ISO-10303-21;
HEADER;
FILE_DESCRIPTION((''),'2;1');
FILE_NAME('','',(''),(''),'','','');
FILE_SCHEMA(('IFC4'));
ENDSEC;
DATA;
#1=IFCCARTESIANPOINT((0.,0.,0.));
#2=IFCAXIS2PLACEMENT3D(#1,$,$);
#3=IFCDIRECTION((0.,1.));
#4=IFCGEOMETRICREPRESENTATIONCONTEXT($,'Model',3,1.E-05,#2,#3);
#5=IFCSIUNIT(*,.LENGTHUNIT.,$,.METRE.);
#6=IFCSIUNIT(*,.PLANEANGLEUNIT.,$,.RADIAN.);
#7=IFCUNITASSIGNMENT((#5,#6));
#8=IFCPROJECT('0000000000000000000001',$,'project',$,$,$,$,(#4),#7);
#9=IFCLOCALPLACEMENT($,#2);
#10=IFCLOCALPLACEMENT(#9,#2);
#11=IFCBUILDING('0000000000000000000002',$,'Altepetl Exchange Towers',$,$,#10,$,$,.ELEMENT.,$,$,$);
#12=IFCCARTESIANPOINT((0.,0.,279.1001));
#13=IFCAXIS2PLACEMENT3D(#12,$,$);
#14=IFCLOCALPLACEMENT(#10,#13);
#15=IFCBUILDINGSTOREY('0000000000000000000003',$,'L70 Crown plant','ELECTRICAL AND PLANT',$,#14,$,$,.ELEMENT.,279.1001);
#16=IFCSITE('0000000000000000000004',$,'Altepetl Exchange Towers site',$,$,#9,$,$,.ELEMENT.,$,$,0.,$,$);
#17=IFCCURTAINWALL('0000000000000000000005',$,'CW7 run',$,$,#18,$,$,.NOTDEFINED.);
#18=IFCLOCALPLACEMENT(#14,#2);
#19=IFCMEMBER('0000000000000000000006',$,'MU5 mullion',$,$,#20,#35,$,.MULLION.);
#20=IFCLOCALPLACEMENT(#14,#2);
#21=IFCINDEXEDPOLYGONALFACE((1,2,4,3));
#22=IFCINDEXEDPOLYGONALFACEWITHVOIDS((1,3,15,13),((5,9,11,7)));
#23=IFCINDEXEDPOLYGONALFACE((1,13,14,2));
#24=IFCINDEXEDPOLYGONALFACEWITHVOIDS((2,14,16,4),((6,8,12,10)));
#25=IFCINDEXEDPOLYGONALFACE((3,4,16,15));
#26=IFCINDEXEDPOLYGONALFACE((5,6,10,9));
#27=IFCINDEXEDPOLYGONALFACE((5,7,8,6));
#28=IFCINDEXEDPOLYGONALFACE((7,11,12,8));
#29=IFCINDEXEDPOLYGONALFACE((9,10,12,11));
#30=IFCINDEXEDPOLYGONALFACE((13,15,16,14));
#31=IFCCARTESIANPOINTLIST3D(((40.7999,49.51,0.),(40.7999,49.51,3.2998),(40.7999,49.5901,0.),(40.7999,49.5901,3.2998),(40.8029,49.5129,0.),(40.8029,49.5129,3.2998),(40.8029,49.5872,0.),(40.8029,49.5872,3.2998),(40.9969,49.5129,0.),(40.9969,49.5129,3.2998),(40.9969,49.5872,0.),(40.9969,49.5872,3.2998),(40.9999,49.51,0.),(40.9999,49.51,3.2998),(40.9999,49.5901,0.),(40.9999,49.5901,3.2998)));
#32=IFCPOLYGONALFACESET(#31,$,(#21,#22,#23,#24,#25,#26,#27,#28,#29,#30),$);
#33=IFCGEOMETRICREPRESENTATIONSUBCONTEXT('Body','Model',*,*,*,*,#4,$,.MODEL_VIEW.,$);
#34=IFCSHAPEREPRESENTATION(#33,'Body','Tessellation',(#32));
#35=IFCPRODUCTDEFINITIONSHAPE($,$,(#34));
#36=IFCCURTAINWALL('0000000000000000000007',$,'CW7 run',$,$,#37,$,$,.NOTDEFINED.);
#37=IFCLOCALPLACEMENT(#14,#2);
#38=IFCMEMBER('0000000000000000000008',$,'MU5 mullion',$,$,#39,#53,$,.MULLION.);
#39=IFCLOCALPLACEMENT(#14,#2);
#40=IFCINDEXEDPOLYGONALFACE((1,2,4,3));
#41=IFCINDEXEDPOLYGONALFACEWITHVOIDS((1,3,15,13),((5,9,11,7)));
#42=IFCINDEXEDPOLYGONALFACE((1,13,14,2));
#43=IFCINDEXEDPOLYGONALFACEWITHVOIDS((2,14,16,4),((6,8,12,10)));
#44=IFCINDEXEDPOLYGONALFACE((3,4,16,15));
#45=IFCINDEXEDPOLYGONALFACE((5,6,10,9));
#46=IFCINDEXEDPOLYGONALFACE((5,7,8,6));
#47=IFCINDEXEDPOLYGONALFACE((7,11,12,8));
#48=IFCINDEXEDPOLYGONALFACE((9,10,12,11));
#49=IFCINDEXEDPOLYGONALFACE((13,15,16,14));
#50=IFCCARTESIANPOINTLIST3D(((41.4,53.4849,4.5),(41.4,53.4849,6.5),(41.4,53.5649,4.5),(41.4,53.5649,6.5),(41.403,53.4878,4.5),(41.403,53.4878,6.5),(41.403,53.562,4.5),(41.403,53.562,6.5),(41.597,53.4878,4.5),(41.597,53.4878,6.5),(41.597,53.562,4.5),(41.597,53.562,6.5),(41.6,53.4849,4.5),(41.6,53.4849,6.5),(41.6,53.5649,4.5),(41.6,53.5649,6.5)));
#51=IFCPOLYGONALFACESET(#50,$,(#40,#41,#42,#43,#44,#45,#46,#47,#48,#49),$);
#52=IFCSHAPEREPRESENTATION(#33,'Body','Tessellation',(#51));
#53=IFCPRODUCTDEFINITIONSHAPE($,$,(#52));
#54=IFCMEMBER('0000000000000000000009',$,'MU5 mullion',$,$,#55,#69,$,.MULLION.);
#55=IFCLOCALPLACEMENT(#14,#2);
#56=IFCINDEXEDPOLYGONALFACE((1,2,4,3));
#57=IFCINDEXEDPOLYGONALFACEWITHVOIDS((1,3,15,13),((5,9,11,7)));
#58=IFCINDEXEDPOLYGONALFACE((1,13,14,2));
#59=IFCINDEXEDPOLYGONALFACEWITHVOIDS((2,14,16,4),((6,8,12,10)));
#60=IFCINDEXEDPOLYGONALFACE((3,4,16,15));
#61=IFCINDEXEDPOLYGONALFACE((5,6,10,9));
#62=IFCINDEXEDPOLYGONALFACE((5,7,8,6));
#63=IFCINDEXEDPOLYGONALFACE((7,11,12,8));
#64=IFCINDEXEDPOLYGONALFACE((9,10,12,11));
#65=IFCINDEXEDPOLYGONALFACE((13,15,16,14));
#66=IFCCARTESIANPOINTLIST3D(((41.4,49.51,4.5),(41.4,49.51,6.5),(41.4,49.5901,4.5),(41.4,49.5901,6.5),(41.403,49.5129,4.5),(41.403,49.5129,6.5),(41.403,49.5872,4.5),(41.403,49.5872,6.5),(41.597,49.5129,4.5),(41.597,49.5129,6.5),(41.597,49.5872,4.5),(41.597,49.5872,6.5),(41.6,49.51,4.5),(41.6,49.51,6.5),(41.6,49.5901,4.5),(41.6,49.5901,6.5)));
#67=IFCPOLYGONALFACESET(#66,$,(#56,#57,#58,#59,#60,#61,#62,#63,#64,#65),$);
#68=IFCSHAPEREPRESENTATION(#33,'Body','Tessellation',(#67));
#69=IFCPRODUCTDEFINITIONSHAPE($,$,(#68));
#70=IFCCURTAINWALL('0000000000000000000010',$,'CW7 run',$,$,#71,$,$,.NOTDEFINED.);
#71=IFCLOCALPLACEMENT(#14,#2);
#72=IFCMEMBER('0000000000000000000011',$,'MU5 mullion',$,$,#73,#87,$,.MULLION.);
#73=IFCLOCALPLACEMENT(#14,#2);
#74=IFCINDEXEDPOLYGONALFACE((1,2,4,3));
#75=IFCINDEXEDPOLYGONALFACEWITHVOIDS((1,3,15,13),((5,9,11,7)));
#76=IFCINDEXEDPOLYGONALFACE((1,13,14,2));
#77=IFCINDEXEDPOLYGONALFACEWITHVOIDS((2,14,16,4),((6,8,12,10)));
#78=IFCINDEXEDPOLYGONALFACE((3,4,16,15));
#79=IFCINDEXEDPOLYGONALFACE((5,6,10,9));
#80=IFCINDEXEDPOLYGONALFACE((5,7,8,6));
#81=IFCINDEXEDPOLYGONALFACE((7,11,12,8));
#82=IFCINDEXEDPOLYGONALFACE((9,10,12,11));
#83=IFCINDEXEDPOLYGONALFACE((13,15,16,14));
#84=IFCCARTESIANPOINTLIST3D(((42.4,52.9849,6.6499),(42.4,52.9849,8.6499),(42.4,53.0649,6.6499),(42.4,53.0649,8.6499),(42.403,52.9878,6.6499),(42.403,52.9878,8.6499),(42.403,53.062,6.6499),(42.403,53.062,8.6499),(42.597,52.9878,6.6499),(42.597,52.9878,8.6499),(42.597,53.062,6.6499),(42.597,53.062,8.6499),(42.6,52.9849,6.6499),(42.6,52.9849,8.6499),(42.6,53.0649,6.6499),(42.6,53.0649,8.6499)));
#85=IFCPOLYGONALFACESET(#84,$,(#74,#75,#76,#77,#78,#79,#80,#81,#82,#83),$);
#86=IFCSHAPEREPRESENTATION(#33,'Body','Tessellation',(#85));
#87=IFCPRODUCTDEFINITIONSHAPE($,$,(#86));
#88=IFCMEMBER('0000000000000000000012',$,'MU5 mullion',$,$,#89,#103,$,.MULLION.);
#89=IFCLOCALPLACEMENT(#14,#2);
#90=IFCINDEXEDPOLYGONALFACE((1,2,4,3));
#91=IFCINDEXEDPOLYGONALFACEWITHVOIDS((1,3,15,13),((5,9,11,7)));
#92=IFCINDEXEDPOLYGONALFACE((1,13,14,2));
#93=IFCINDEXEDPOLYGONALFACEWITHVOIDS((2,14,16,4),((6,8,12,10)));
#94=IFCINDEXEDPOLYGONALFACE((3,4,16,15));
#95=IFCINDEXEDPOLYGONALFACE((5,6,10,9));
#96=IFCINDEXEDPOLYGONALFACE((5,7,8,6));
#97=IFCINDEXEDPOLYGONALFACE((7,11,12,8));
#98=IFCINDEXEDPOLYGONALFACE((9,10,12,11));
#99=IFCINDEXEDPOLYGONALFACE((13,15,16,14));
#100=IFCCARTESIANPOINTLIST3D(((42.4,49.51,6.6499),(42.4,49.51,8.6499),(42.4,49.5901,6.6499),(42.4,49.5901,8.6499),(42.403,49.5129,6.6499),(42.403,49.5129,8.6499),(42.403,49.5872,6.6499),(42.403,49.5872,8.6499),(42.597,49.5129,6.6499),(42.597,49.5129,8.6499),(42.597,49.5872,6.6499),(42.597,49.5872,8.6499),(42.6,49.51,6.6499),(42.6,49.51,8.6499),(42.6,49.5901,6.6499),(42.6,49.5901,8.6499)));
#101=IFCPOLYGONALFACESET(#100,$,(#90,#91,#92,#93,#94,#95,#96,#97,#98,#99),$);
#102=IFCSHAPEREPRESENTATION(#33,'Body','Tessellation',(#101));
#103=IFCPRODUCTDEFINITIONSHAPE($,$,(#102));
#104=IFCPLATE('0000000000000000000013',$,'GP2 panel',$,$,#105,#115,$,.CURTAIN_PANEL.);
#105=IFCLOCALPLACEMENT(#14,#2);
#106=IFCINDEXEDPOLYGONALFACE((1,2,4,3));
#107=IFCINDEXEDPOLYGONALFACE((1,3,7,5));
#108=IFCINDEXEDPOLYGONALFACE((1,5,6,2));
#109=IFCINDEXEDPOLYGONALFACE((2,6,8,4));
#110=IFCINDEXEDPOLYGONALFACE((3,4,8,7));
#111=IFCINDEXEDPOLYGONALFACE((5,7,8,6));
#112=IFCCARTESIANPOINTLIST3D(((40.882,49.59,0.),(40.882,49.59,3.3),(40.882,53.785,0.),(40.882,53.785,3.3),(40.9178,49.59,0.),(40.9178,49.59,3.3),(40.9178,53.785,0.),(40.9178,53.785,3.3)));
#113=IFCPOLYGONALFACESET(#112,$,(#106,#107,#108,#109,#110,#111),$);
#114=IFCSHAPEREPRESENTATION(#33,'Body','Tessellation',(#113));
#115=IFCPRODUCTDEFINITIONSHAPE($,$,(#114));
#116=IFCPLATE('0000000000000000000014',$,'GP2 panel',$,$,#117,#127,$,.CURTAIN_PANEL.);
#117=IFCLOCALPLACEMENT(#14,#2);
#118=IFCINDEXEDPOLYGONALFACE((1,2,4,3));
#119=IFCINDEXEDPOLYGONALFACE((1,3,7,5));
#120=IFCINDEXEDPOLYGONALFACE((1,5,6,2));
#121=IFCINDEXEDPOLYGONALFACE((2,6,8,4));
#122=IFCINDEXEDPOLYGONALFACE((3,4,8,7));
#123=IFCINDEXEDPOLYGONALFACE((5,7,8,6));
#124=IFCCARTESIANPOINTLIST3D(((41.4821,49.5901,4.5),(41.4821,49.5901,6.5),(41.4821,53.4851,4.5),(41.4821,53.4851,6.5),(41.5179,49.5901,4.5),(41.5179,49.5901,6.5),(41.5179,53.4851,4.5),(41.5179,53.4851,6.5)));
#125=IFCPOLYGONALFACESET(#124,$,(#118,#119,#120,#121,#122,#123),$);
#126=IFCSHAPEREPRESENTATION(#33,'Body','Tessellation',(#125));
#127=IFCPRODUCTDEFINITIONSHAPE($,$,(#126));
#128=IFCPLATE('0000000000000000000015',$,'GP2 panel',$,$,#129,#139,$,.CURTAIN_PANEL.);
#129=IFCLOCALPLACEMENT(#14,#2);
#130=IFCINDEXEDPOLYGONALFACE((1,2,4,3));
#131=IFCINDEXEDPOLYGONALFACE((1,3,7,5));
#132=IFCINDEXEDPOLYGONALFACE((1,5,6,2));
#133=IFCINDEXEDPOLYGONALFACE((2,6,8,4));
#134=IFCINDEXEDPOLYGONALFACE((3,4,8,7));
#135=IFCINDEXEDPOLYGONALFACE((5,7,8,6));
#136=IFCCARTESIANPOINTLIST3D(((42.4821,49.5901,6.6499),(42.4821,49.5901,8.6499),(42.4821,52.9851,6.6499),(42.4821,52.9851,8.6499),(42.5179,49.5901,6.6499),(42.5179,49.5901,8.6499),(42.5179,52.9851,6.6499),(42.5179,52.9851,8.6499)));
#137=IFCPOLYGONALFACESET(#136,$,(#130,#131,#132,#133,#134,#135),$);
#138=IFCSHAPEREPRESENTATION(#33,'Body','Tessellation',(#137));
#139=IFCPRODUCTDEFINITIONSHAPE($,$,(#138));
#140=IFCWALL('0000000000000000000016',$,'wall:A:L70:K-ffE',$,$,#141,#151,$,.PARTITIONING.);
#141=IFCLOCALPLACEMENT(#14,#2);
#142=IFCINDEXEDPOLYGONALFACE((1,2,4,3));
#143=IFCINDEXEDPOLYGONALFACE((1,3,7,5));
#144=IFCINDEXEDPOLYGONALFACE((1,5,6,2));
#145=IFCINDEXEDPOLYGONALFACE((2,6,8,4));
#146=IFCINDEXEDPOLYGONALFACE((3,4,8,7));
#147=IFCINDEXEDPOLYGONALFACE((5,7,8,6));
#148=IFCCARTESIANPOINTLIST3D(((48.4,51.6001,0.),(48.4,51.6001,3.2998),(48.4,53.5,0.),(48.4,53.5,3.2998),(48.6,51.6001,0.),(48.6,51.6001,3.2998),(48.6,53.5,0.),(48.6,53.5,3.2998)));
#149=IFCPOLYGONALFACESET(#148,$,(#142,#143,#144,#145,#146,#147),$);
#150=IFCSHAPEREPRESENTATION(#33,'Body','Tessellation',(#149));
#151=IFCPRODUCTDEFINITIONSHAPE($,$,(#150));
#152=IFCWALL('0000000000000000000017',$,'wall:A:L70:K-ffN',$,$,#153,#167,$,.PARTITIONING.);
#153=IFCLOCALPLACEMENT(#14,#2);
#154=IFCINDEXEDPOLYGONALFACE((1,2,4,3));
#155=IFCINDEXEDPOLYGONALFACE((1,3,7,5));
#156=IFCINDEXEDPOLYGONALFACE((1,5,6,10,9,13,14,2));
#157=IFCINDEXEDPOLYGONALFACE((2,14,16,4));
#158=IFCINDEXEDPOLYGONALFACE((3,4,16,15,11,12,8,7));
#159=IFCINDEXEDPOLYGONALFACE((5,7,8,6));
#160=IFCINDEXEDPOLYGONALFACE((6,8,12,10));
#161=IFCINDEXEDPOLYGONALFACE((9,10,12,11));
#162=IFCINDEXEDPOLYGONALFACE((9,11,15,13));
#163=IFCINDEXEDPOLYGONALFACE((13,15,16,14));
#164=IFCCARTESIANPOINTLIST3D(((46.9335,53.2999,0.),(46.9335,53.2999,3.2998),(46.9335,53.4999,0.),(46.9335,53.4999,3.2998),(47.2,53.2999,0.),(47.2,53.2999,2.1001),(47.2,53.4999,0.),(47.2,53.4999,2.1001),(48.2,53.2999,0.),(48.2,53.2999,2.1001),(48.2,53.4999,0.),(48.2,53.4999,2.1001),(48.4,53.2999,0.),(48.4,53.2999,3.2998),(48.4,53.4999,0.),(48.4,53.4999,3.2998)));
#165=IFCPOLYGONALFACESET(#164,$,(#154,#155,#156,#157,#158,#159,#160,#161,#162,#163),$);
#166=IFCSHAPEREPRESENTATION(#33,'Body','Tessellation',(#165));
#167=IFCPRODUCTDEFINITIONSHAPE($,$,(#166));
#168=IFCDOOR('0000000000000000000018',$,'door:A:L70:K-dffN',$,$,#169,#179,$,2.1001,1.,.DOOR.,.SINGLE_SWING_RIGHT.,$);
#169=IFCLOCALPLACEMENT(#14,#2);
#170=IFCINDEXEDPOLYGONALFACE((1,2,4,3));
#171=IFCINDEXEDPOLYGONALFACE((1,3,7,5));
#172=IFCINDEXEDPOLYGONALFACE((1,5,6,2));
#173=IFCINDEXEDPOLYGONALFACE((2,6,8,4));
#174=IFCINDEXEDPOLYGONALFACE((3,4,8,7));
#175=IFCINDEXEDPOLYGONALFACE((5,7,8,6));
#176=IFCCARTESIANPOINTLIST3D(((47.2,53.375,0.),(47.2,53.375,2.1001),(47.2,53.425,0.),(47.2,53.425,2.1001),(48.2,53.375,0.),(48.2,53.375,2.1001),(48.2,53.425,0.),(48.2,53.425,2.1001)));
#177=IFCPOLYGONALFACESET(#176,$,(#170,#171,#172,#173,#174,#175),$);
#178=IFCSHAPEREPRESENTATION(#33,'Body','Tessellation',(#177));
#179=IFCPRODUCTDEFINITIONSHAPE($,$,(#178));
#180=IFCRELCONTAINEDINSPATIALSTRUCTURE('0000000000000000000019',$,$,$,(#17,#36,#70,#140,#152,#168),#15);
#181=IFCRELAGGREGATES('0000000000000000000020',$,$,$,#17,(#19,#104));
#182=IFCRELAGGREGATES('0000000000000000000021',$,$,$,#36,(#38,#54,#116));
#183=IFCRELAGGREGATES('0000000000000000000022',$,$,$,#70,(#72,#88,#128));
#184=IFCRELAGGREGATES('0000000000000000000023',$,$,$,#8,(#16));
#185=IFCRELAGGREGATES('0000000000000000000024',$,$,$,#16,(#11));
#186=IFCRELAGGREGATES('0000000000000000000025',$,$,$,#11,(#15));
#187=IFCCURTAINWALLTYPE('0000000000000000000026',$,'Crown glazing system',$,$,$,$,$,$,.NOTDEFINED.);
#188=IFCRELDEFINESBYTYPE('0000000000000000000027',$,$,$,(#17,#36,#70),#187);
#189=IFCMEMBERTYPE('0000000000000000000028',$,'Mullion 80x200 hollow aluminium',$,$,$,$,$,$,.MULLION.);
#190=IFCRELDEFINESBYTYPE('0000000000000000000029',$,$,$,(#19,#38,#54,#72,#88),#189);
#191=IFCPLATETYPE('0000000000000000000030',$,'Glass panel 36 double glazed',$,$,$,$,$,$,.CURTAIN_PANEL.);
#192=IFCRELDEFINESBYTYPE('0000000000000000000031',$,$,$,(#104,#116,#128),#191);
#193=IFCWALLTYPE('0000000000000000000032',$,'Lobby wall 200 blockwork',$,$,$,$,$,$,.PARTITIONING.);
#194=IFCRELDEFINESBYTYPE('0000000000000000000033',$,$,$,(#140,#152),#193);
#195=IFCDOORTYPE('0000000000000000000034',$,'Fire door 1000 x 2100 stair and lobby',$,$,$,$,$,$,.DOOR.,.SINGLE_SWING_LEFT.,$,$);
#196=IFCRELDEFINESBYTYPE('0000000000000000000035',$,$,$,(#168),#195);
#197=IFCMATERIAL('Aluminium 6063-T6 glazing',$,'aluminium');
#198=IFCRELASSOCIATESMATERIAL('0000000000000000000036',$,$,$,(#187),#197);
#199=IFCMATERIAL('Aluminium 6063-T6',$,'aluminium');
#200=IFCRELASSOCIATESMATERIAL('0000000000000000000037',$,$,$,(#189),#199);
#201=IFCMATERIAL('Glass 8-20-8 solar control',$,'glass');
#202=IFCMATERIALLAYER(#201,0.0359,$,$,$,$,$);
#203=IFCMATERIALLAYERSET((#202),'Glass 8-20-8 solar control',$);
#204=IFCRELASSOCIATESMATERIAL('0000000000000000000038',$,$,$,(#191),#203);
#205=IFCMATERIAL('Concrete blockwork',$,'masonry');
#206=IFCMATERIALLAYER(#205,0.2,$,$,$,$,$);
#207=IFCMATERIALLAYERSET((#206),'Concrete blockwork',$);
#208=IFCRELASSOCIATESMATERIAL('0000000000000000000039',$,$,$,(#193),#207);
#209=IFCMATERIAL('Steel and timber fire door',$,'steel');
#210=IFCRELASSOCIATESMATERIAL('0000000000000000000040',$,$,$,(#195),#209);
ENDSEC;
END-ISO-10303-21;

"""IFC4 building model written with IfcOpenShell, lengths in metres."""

from ifc_helpers import new_model, si_unit, direction, frame, frame_2d, origin, origin_2d, place, context, subcontext, project, spatial, rectangle, hollow_rectangle, extrude, material, layer, layer_set, material_profile, profile_set, type_object, element, fill, aggregate, save


model = new_model("IFC4")

# Units and contexts
model_context = context("Model", 3, precision=1e-05, world=origin(), true_north=direction((0.0, 1.0)))
body_context = subcontext(model_context, "Body", "Model", "MODEL_VIEW")
ifc_project = project(units=[si_unit("LENGTHUNIT", "METRE"), si_unit("PLANEANGLEUNIT", "RADIAN")], contexts=[model_context])

# Site, building, storey
site_placement = place(None, origin())
site = spatial("IfcSite", under=ifc_project, at=site_placement, Name="Altepetl Exchange Towers site", CompositionType="ELEMENT", RefElevation=0.0)
building_placement = place(site_placement, origin())
building = spatial("IfcBuilding", under=site, at=building_placement, Name="Altepetl Exchange Towers", CompositionType="ELEMENT")
storey_placement = place(building_placement, frame((0.0, 0.0, 279.1001)))
storey = spatial("IfcBuildingStorey", under=building, at=storey_placement, Name="L70 Crown plant", Description="ELECTRICAL AND PLANT", CompositionType="ELEMENT", Elevation=279.1001)

# Curtain walls, members
ifc_material_1 = material(Name="Aluminium 6063-T6 glazing", Category="aluminium")
curtain_wall_type = type_object("IfcCurtainWallType", Name="Crown glazing system", PredefinedType="NOTDEFINED", material=ifc_material_1)
curtain_wall_1_placement = place(storey_placement, origin())
curtain_wall_1 = element("IfcCurtainWall", 1, at=curtain_wall_1_placement, inside=storey, type_object=curtain_wall_type, Name="CW7 run", PredefinedType="NOTDEFINED")
ifc_material_2 = material(Name="Aluminium 6063-T6", Category="aluminium")
ifc_material_profile_1 = material_profile(ifc_material_2, hollow_rectangle(XDim=0.0801, YDim=0.2, WallThickness=0.0029, at=origin_2d()), Name="Mullion 80x200 hollow aluminium")
ifc_profile_set_1 = profile_set([ifc_material_profile_1], Name="Aluminium 6063-T6")
member_type = type_object("IfcMemberType", Name="Mullion 80x200 hollow aluminium", PredefinedType="MULLION", material=ifc_profile_set_1)
member_1_placement = place(storey_placement, frame((40.8999, 49.55, 0.0), z_axis=(0.0, 0.0, 1.0), x_axis=(0.0, -1.0, 0.0)))
member_1 = element("IfcMember", 2, at=member_1_placement, type_object=member_type, Name="MU5 mullion", PredefinedType="MULLION", context=body_context, shape_type="SweptSolid", body=[
    extrude(hollow_rectangle(XDim=0.0801, YDim=0.2, WallThickness=0.0029, at=origin_2d()), origin(), (0.0, 0.0, 1.0), 3.2998),
])
curtain_wall_2_placement = place(storey_placement, origin())
curtain_wall_2 = element("IfcCurtainWall", 3, at=curtain_wall_2_placement, inside=storey, type_object=curtain_wall_type, Name="CW7 run", PredefinedType="NOTDEFINED")
member_2_placement = place(storey_placement, frame((41.5, 53.5249, 4.5), z_axis=(0.0, 0.0, 1.0), x_axis=(0.0, -1.0, 0.0)))
member_2 = element("IfcMember", 4, at=member_2_placement, type_object=member_type, Name="MU5 mullion", PredefinedType="MULLION", context=body_context, shape_type="SweptSolid", body=[
    extrude(hollow_rectangle(XDim=0.0801, YDim=0.2, WallThickness=0.0029, at=origin_2d()), origin(), (0.0, 0.0, 1.0), 2.0),
])
member_3_placement = place(storey_placement, frame((41.5, 49.55, 4.5), z_axis=(0.0, 0.0, 1.0), x_axis=(0.0, -1.0, 0.0)))
member_3 = element("IfcMember", 5, at=member_3_placement, type_object=member_type, Name="MU5 mullion", PredefinedType="MULLION", context=body_context, shape_type="SweptSolid", body=[
    extrude(hollow_rectangle(XDim=0.0801, YDim=0.2, WallThickness=0.0029, at=origin_2d()), origin(), (0.0, 0.0, 1.0), 2.0),
])
curtain_wall_3_placement = place(storey_placement, origin())
curtain_wall_3 = element("IfcCurtainWall", 6, at=curtain_wall_3_placement, inside=storey, type_object=curtain_wall_type, Name="CW7 run", PredefinedType="NOTDEFINED")
member_4_placement = place(storey_placement, frame((42.5, 53.0249, 6.6499), z_axis=(0.0, 0.0, 1.0), x_axis=(0.0, -1.0, 0.0)))
member_4 = element("IfcMember", 7, at=member_4_placement, type_object=member_type, Name="MU5 mullion", PredefinedType="MULLION", context=body_context, shape_type="SweptSolid", body=[
    extrude(hollow_rectangle(XDim=0.0801, YDim=0.2, WallThickness=0.0029, at=origin_2d()), origin(), (0.0, 0.0, 1.0), 2.0),
])
member_5_placement = place(storey_placement, frame((42.5, 49.55, 6.6499), z_axis=(0.0, 0.0, 1.0), x_axis=(0.0, -1.0, 0.0)))
member_5 = element("IfcMember", 8, at=member_5_placement, type_object=member_type, Name="MU5 mullion", PredefinedType="MULLION", context=body_context, shape_type="SweptSolid", body=[
    extrude(hollow_rectangle(XDim=0.0801, YDim=0.2, WallThickness=0.0029, at=origin_2d()), origin(), (0.0, 0.0, 1.0), 2.0),
])

# Plates
ifc_material_3 = material(Name="Glass 8-20-8 solar control", Category="glass")
ifc_layer_1 = layer(ifc_material_3, 0.0359)
ifc_layer_set_1 = layer_set([ifc_layer_1], Name="Glass 8-20-8 solar control")
plate_type = type_object("IfcPlateType", Name="Glass panel 36 double glazed", PredefinedType="CURTAIN_PANEL", material=ifc_layer_set_1)
plate_1_placement = place(storey_placement, frame((40.8999, 51.6875, 0.0), z_axis=(0.0, 0.0, 1.0), x_axis=(0.0, -1.0, 0.0)))
plate_1 = element("IfcPlate", 9, at=plate_1_placement, type_object=plate_type, Name="GP2 panel", PredefinedType="CURTAIN_PANEL", context=body_context, shape_type="SweptSolid", body=[
    extrude(rectangle(XDim=4.1951, YDim=0.0359, at=origin_2d()), origin(), (0.0, 0.0, 1.0), 3.3),
])
aggregate(curtain_wall_1, [member_1, plate_1])
plate_2_placement = place(storey_placement, frame((41.5, 51.5376, 4.5), z_axis=(0.0, 0.0, 1.0), x_axis=(0.0, -1.0, 0.0)))
plate_2 = element("IfcPlate", 10, at=plate_2_placement, type_object=plate_type, Name="GP2 panel", PredefinedType="CURTAIN_PANEL", context=body_context, shape_type="SweptSolid", body=[
    extrude(rectangle(XDim=3.895, YDim=0.0359, at=origin_2d()), origin(), (0.0, 0.0, 1.0), 2.0),
])
aggregate(curtain_wall_2, [member_2, member_3, plate_2])
plate_3_placement = place(storey_placement, frame((42.5, 51.2876, 6.6499), z_axis=(0.0, 0.0, 1.0), x_axis=(0.0, -1.0, 0.0)))
plate_3 = element("IfcPlate", 11, at=plate_3_placement, type_object=plate_type, Name="GP2 panel", PredefinedType="CURTAIN_PANEL", context=body_context, shape_type="SweptSolid", body=[
    extrude(rectangle(XDim=3.395, YDim=0.0359, at=origin_2d()), origin(), (0.0, 0.0, 1.0), 2.0),
])
aggregate(curtain_wall_3, [member_4, member_5, plate_3])

# Wall
ifc_material_4 = material(Name="Concrete blockwork", Category="masonry")
ifc_layer_2 = layer(ifc_material_4, 0.2)
ifc_layer_set_2 = layer_set([ifc_layer_2], Name="Concrete blockwork")
wall_type_1 = type_object("IfcWallType", Name="Lobby wall 200 blockwork", PredefinedType="PARTITIONING", material=ifc_layer_set_2)
wall_1_placement = place(storey_placement, frame((48.5, 51.6001, 0.0), z_axis=(0.0, 0.0, 1.0), x_axis=(0.0, 1.0, 0.0)))
element("IfcWall", 12, at=wall_1_placement, inside=storey, type_object=wall_type_1, Name="wall:A:L70:K-ffE", PredefinedType="PARTITIONING", context=body_context, shape_type="SweptSolid", body=[
    extrude(rectangle(XDim=1.8999, YDim=0.2, at=frame_2d((0.95, 0.0))), origin(), (0.0, 0.0, 1.0), 3.2998),
])

# Wall, opening, door
wall_2_placement = place(storey_placement, frame((46.9333, 53.3999, 0.0)))
wall_2 = element("IfcWall", 13, at=wall_2_placement, inside=storey, type_object=wall_type_1, Name="wall:A:L70:K-ffN", PredefinedType="PARTITIONING", context=body_context, shape_type="SweptSolid", body=[
    extrude(rectangle(XDim=1.4666, YDim=0.2, at=frame_2d((0.7334, 0.0))), origin(), (0.0, 0.0, 1.0), 3.2998),
])
opening_1_placement = place(wall_2_placement, frame((0.2666, 0.0, 0.0)))
opening_1 = element("IfcOpeningElement", 14, at=opening_1_placement, cuts=wall_2, PredefinedType="OPENING", context=body_context, shape_type="SweptSolid", body=[
    extrude(rectangle(XDim=1.0, YDim=2.1001, at=frame_2d((0.5, 1.05))), frame((0.0, 0.1099, 0.0), z_axis=(0.0, -1.0, 0.0), x_axis=(1.0, 0.0, 0.0)), (0.0, 0.0, 1.0), 0.22),
])
ifc_material_5 = material(Name="Steel and timber fire door", Category="steel")
door_type_1 = type_object("IfcDoorType", Name="Fire door 1000 x 2100 stair and lobby", OperationType="SINGLE_SWING_LEFT", PredefinedType="DOOR", material=ifc_material_5)
door_1_placement = place(opening_1_placement, frame((1.0, 0.0, 0.0), x_axis=(-1.0, 0.0, 0.0)))
door_1 = element("IfcDoor", 15, at=door_1_placement, inside=storey, type_object=door_type_1, Name="door:A:L70:K-dffN", OperationType="SINGLE_SWING_RIGHT", OverallHeight=2.1001, OverallWidth=1.0, PredefinedType="DOOR", context=body_context, shape_type="SweptSolid", body=[
    extrude(rectangle(XDim=1.0, YDim=2.1001, at=frame_2d((0.5, 1.05))), frame((0.0, 0.0249, 0.0), z_axis=(0.0, -1.0, 0.0), x_axis=(1.0, 0.0, 0.0)), (0.0, 0.0, 1.0), 0.05),
])
fill(opening_1, door_1)

save(model, "model.ifc")
